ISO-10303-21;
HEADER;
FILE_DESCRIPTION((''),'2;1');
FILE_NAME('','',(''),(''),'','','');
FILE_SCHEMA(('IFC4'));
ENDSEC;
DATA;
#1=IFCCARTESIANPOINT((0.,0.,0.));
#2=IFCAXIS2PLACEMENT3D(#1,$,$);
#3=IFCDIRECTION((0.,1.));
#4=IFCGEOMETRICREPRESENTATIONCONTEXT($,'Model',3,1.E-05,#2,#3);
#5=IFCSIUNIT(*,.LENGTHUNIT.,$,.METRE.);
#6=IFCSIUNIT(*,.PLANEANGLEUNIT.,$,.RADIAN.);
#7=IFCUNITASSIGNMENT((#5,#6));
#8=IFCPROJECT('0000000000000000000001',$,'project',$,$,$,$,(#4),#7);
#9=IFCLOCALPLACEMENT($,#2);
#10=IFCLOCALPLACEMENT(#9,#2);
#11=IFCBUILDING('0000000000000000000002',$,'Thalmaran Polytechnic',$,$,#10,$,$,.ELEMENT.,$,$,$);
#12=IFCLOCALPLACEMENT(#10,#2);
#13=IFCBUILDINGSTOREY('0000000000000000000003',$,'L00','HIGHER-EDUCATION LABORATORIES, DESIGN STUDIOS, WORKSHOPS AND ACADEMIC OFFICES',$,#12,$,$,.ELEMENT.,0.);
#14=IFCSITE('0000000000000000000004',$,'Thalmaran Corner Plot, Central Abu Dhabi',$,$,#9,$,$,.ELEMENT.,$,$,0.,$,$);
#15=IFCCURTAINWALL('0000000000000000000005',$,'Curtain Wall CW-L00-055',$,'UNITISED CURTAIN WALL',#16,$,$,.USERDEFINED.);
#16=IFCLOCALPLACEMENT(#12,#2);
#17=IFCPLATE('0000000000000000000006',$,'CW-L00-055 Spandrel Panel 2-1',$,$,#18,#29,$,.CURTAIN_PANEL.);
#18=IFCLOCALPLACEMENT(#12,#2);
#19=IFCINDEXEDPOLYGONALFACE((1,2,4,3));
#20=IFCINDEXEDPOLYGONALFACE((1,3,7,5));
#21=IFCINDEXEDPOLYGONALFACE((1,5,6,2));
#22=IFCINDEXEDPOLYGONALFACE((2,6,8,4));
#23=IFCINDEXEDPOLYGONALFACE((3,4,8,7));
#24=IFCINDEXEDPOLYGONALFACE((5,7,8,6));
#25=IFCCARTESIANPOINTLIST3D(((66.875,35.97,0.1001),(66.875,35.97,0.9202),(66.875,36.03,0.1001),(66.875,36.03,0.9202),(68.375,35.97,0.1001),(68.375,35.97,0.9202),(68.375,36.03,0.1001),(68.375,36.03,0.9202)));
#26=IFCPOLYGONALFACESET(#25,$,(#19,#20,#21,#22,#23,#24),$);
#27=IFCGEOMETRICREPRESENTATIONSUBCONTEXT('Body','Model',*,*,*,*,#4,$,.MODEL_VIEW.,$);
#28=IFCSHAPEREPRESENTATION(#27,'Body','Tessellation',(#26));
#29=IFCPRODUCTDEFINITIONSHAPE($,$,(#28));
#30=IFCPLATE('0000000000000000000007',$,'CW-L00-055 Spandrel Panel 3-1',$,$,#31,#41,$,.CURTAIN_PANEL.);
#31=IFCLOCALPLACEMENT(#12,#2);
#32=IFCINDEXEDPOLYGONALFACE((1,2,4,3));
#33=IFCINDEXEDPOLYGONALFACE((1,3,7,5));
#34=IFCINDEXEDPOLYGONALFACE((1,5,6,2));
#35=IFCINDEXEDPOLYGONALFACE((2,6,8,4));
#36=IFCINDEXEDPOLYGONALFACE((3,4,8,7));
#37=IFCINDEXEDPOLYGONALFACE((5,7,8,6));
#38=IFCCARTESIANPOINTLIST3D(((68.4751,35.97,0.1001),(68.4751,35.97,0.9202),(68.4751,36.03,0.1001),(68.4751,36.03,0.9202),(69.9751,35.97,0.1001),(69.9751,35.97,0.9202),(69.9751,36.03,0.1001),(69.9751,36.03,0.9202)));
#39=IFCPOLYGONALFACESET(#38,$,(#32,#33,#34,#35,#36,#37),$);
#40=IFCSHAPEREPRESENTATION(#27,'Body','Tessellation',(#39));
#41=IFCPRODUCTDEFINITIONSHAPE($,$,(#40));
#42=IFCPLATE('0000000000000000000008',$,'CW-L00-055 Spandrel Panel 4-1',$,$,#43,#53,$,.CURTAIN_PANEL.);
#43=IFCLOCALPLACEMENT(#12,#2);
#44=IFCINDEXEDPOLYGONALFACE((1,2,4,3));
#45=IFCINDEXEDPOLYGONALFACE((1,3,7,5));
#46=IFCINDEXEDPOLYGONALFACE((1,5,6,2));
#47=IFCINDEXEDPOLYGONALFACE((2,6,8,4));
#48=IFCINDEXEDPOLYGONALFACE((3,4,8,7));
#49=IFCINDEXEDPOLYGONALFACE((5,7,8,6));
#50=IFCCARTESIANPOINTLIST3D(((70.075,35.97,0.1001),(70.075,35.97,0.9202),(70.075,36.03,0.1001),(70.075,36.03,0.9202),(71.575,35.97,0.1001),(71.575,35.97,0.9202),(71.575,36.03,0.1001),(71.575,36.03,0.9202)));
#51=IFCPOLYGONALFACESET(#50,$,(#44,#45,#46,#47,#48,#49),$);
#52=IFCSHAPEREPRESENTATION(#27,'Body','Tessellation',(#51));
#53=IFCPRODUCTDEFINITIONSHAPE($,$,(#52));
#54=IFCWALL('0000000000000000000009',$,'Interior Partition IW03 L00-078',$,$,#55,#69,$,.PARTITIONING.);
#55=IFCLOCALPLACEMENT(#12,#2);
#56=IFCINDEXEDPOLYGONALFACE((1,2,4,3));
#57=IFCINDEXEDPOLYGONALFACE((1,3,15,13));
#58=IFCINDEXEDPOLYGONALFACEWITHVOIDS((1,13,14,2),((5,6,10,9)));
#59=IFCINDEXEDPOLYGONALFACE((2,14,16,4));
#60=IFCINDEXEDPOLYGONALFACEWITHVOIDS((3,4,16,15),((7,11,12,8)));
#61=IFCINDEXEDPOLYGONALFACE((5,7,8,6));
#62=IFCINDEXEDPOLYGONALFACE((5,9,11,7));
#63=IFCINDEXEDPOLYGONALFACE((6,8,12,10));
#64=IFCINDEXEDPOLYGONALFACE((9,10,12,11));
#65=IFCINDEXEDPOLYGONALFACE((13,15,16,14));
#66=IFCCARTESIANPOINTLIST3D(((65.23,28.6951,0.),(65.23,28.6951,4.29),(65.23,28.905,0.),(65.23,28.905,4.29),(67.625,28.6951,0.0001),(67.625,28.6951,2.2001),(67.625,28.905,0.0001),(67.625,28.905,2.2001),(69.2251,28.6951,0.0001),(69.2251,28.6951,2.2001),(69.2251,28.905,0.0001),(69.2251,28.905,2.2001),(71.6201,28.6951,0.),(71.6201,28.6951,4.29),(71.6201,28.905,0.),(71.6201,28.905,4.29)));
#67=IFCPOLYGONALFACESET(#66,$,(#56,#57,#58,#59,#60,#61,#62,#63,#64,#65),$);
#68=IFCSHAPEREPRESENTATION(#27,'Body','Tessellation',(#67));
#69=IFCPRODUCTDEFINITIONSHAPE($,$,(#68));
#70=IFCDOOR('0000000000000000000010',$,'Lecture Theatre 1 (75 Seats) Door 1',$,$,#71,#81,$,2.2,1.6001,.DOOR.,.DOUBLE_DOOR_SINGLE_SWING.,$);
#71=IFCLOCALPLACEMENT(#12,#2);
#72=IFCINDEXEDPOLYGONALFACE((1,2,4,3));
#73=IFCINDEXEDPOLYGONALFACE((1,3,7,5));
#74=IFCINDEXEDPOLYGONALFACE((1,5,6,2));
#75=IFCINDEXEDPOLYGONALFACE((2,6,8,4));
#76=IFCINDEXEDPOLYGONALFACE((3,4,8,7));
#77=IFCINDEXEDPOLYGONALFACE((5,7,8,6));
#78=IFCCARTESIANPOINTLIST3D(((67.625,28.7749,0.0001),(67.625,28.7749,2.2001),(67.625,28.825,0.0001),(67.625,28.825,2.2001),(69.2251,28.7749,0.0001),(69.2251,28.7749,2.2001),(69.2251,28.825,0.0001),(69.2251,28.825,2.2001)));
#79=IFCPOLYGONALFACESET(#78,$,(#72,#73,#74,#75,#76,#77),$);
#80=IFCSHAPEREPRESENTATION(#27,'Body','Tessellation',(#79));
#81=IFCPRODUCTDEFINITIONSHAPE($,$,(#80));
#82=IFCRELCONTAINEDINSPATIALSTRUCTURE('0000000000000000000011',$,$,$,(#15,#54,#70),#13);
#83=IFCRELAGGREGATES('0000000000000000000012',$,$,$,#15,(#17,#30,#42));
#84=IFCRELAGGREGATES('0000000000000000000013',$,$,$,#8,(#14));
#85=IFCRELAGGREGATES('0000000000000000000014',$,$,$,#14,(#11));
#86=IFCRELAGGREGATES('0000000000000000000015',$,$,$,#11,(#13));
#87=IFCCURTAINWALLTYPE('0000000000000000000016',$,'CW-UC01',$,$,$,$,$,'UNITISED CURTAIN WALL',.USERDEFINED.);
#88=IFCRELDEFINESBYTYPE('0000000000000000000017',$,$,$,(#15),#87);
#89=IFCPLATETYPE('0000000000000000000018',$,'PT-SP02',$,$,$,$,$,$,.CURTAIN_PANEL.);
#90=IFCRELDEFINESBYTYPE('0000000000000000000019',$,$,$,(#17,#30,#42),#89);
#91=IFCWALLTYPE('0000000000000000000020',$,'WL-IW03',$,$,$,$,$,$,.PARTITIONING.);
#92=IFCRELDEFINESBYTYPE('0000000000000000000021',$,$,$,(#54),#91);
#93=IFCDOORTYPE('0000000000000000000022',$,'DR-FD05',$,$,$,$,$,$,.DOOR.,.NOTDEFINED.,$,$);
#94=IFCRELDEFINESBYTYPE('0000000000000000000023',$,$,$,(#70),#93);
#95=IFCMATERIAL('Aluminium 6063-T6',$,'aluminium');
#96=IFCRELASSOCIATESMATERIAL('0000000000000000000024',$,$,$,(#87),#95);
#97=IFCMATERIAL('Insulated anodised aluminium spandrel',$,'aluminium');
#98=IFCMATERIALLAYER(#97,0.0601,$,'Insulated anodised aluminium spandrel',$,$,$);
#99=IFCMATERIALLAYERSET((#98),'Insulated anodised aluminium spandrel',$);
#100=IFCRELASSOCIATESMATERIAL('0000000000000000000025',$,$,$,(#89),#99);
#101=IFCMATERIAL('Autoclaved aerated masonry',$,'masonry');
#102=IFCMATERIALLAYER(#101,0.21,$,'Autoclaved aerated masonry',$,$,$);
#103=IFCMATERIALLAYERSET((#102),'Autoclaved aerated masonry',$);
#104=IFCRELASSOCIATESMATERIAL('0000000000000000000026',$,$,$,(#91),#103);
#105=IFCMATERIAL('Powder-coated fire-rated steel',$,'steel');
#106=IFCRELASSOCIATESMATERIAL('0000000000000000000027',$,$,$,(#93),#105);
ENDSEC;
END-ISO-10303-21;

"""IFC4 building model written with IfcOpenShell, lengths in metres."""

from ifc_helpers import new_model, si_unit, direction, frame, frame_2d, origin, origin_2d, place, context, subcontext, project, spatial, rectangle, extrude, material, layer, layer_set, type_object, element, fill, aggregate, save


model = new_model("IFC4")

# Units and contexts
model_context = context("Model", 3, precision=1e-05, world=origin(), true_north=direction((0.0, 1.0)))
body_context = subcontext(model_context, "Body", "Model", "MODEL_VIEW")
ifc_project = project(units=[si_unit("LENGTHUNIT", "METRE"), si_unit("PLANEANGLEUNIT", "RADIAN")], contexts=[model_context])

# Site, building, storey
site_placement = place(None, origin())
site = spatial("IfcSite", under=ifc_project, at=site_placement, Name="Thalmaran Corner Plot, Central Abu Dhabi", CompositionType="ELEMENT", RefElevation=0.0)
building_placement = place(site_placement, origin())
building = spatial("IfcBuilding", under=site, at=building_placement, Name="Thalmaran Polytechnic", CompositionType="ELEMENT")
storey_placement = place(building_placement, origin())
storey = spatial("IfcBuildingStorey", under=building, at=storey_placement, Name="L00", Description="HIGHER-EDUCATION LABORATORIES, DESIGN STUDIOS, WORKSHOPS AND ACADEMIC OFFICES", CompositionType="ELEMENT", Elevation=0.0)

# Curtain wall, plates
ifc_material_1 = material(Name="Aluminium 6063-T6", Category="aluminium")
curtain_wall_type = type_object("IfcCurtainWallType", Name="CW-UC01", ElementType="UNITISED CURTAIN WALL", PredefinedType="USERDEFINED", material=ifc_material_1)
curtain_wall_placement = place(storey_placement, origin())
curtain_wall = element("IfcCurtainWall", 1, at=curtain_wall_placement, inside=storey, type_object=curtain_wall_type, Name="Curtain Wall CW-L00-055", ObjectType="UNITISED CURTAIN WALL", PredefinedType="USERDEFINED")
ifc_material_2 = material(Name="Insulated anodised aluminium spandrel", Category="aluminium")
ifc_layer_1 = layer(ifc_material_2, 0.0601, Name="Insulated anodised aluminium spandrel")
ifc_layer_set_1 = layer_set([ifc_layer_1], Name="Insulated anodised aluminium spandrel")
plate_type_1 = type_object("IfcPlateType", Name="PT-SP02", PredefinedType="CURTAIN_PANEL", material=ifc_layer_set_1)
plate_1_placement = place(storey_placement, frame((67.625, 36.0, 0.1001), z_axis=(0.0, 0.0, 1.0), x_axis=(1.0, 0.0, 0.0)))
plate_1 = element("IfcPlate", 2, at=plate_1_placement, type_object=plate_type_1, Name="CW-L00-055 Spandrel Panel 2-1", PredefinedType="CURTAIN_PANEL", context=body_context, shape_type="SweptSolid", body=[
    extrude(rectangle(XDim=1.5, YDim=0.0601, at=origin_2d()), origin(), (0.0, 0.0, 1.0), 0.8201),
])
plate_2_placement = place(storey_placement, frame((69.2251, 36.0, 0.1001), z_axis=(0.0, 0.0, 1.0), x_axis=(1.0, 0.0, 0.0)))
plate_2 = element("IfcPlate", 3, at=plate_2_placement, type_object=plate_type_1, Name="CW-L00-055 Spandrel Panel 3-1", PredefinedType="CURTAIN_PANEL", context=body_context, shape_type="SweptSolid", body=[
    extrude(rectangle(XDim=1.5, YDim=0.0601, at=origin_2d()), origin(), (0.0, 0.0, 1.0), 0.8201),
])
plate_3_placement = place(storey_placement, frame((70.825, 36.0, 0.1001), z_axis=(0.0, 0.0, 1.0), x_axis=(1.0, 0.0, 0.0)))
plate_3 = element("IfcPlate", 4, at=plate_3_placement, type_object=plate_type_1, Name="CW-L00-055 Spandrel Panel 4-1", PredefinedType="CURTAIN_PANEL", context=body_context, shape_type="SweptSolid", body=[
    extrude(rectangle(XDim=1.5, YDim=0.0601, at=origin_2d()), origin(), (0.0, 0.0, 1.0), 0.8201),
])
aggregate(curtain_wall, [plate_1, plate_2, plate_3])

# Wall, opening, door
ifc_material_3 = material(Name="Autoclaved aerated masonry", Category="masonry")
ifc_layer_2 = layer(ifc_material_3, 0.21, Name="Autoclaved aerated masonry")
ifc_layer_set_2 = layer_set([ifc_layer_2], Name="Autoclaved aerated masonry")
wall_type = type_object("IfcWallType", Name="WL-IW03", PredefinedType="PARTITIONING", material=ifc_layer_set_2)
wall_placement = place(storey_placement, frame((65.23, 28.8, 0.0), z_axis=(0.0, 0.0, 1.0), x_axis=(1.0, 0.0, 0.0)))
wall = element("IfcWall", 5, at=wall_placement, inside=storey, type_object=wall_type, Name="Interior Partition IW03 L00-078", PredefinedType="PARTITIONING", context=body_context, shape_type="SweptSolid", body=[
    extrude(rectangle(XDim=6.3901, YDim=0.21, at=frame_2d((3.1951, 0.0))), origin(), (0.0, 0.0, 1.0), 4.29),
])
opening_placement = place(wall_placement, frame((2.395, 0.0, 0.0)))
opening = element("IfcOpeningElement", 6, at=opening_placement, cuts=wall, PredefinedType="OPENING", context=body_context, shape_type="SweptSolid", body=[
    extrude(rectangle(XDim=1.6001, YDim=2.2, at=frame_2d((0.8, 1.1001))), frame((0.0, 0.115, 0.0), z_axis=(0.0, -1.0, 0.0), x_axis=(1.0, 0.0, 0.0)), (0.0, 0.0, 1.0), 0.23),
])
ifc_material_4 = material(Name="Powder-coated fire-rated steel", Category="steel")
door_type = type_object("IfcDoorType", Name="DR-FD05", OperationType="NOTDEFINED", PredefinedType="DOOR", material=ifc_material_4)
door_placement = place(opening_placement, origin())
door = element("IfcDoor", 7, at=door_placement, inside=storey, type_object=door_type, Name="Lecture Theatre 1 (75 Seats) Door 1", OperationType="DOUBLE_DOOR_SINGLE_SWING", OverallHeight=2.2, OverallWidth=1.6001, PredefinedType="DOOR", context=body_context, shape_type="SweptSolid", body=[
    extrude(rectangle(XDim=1.6001, YDim=2.2, at=frame_2d((0.8, 1.1001))), frame((0.0, 0.0249, 0.0), z_axis=(0.0, -1.0, 0.0), x_axis=(1.0, 0.0, 0.0)), (0.0, 0.0, 1.0), 0.05),
])
fill(opening, door)

save(model, "model.ifc")
